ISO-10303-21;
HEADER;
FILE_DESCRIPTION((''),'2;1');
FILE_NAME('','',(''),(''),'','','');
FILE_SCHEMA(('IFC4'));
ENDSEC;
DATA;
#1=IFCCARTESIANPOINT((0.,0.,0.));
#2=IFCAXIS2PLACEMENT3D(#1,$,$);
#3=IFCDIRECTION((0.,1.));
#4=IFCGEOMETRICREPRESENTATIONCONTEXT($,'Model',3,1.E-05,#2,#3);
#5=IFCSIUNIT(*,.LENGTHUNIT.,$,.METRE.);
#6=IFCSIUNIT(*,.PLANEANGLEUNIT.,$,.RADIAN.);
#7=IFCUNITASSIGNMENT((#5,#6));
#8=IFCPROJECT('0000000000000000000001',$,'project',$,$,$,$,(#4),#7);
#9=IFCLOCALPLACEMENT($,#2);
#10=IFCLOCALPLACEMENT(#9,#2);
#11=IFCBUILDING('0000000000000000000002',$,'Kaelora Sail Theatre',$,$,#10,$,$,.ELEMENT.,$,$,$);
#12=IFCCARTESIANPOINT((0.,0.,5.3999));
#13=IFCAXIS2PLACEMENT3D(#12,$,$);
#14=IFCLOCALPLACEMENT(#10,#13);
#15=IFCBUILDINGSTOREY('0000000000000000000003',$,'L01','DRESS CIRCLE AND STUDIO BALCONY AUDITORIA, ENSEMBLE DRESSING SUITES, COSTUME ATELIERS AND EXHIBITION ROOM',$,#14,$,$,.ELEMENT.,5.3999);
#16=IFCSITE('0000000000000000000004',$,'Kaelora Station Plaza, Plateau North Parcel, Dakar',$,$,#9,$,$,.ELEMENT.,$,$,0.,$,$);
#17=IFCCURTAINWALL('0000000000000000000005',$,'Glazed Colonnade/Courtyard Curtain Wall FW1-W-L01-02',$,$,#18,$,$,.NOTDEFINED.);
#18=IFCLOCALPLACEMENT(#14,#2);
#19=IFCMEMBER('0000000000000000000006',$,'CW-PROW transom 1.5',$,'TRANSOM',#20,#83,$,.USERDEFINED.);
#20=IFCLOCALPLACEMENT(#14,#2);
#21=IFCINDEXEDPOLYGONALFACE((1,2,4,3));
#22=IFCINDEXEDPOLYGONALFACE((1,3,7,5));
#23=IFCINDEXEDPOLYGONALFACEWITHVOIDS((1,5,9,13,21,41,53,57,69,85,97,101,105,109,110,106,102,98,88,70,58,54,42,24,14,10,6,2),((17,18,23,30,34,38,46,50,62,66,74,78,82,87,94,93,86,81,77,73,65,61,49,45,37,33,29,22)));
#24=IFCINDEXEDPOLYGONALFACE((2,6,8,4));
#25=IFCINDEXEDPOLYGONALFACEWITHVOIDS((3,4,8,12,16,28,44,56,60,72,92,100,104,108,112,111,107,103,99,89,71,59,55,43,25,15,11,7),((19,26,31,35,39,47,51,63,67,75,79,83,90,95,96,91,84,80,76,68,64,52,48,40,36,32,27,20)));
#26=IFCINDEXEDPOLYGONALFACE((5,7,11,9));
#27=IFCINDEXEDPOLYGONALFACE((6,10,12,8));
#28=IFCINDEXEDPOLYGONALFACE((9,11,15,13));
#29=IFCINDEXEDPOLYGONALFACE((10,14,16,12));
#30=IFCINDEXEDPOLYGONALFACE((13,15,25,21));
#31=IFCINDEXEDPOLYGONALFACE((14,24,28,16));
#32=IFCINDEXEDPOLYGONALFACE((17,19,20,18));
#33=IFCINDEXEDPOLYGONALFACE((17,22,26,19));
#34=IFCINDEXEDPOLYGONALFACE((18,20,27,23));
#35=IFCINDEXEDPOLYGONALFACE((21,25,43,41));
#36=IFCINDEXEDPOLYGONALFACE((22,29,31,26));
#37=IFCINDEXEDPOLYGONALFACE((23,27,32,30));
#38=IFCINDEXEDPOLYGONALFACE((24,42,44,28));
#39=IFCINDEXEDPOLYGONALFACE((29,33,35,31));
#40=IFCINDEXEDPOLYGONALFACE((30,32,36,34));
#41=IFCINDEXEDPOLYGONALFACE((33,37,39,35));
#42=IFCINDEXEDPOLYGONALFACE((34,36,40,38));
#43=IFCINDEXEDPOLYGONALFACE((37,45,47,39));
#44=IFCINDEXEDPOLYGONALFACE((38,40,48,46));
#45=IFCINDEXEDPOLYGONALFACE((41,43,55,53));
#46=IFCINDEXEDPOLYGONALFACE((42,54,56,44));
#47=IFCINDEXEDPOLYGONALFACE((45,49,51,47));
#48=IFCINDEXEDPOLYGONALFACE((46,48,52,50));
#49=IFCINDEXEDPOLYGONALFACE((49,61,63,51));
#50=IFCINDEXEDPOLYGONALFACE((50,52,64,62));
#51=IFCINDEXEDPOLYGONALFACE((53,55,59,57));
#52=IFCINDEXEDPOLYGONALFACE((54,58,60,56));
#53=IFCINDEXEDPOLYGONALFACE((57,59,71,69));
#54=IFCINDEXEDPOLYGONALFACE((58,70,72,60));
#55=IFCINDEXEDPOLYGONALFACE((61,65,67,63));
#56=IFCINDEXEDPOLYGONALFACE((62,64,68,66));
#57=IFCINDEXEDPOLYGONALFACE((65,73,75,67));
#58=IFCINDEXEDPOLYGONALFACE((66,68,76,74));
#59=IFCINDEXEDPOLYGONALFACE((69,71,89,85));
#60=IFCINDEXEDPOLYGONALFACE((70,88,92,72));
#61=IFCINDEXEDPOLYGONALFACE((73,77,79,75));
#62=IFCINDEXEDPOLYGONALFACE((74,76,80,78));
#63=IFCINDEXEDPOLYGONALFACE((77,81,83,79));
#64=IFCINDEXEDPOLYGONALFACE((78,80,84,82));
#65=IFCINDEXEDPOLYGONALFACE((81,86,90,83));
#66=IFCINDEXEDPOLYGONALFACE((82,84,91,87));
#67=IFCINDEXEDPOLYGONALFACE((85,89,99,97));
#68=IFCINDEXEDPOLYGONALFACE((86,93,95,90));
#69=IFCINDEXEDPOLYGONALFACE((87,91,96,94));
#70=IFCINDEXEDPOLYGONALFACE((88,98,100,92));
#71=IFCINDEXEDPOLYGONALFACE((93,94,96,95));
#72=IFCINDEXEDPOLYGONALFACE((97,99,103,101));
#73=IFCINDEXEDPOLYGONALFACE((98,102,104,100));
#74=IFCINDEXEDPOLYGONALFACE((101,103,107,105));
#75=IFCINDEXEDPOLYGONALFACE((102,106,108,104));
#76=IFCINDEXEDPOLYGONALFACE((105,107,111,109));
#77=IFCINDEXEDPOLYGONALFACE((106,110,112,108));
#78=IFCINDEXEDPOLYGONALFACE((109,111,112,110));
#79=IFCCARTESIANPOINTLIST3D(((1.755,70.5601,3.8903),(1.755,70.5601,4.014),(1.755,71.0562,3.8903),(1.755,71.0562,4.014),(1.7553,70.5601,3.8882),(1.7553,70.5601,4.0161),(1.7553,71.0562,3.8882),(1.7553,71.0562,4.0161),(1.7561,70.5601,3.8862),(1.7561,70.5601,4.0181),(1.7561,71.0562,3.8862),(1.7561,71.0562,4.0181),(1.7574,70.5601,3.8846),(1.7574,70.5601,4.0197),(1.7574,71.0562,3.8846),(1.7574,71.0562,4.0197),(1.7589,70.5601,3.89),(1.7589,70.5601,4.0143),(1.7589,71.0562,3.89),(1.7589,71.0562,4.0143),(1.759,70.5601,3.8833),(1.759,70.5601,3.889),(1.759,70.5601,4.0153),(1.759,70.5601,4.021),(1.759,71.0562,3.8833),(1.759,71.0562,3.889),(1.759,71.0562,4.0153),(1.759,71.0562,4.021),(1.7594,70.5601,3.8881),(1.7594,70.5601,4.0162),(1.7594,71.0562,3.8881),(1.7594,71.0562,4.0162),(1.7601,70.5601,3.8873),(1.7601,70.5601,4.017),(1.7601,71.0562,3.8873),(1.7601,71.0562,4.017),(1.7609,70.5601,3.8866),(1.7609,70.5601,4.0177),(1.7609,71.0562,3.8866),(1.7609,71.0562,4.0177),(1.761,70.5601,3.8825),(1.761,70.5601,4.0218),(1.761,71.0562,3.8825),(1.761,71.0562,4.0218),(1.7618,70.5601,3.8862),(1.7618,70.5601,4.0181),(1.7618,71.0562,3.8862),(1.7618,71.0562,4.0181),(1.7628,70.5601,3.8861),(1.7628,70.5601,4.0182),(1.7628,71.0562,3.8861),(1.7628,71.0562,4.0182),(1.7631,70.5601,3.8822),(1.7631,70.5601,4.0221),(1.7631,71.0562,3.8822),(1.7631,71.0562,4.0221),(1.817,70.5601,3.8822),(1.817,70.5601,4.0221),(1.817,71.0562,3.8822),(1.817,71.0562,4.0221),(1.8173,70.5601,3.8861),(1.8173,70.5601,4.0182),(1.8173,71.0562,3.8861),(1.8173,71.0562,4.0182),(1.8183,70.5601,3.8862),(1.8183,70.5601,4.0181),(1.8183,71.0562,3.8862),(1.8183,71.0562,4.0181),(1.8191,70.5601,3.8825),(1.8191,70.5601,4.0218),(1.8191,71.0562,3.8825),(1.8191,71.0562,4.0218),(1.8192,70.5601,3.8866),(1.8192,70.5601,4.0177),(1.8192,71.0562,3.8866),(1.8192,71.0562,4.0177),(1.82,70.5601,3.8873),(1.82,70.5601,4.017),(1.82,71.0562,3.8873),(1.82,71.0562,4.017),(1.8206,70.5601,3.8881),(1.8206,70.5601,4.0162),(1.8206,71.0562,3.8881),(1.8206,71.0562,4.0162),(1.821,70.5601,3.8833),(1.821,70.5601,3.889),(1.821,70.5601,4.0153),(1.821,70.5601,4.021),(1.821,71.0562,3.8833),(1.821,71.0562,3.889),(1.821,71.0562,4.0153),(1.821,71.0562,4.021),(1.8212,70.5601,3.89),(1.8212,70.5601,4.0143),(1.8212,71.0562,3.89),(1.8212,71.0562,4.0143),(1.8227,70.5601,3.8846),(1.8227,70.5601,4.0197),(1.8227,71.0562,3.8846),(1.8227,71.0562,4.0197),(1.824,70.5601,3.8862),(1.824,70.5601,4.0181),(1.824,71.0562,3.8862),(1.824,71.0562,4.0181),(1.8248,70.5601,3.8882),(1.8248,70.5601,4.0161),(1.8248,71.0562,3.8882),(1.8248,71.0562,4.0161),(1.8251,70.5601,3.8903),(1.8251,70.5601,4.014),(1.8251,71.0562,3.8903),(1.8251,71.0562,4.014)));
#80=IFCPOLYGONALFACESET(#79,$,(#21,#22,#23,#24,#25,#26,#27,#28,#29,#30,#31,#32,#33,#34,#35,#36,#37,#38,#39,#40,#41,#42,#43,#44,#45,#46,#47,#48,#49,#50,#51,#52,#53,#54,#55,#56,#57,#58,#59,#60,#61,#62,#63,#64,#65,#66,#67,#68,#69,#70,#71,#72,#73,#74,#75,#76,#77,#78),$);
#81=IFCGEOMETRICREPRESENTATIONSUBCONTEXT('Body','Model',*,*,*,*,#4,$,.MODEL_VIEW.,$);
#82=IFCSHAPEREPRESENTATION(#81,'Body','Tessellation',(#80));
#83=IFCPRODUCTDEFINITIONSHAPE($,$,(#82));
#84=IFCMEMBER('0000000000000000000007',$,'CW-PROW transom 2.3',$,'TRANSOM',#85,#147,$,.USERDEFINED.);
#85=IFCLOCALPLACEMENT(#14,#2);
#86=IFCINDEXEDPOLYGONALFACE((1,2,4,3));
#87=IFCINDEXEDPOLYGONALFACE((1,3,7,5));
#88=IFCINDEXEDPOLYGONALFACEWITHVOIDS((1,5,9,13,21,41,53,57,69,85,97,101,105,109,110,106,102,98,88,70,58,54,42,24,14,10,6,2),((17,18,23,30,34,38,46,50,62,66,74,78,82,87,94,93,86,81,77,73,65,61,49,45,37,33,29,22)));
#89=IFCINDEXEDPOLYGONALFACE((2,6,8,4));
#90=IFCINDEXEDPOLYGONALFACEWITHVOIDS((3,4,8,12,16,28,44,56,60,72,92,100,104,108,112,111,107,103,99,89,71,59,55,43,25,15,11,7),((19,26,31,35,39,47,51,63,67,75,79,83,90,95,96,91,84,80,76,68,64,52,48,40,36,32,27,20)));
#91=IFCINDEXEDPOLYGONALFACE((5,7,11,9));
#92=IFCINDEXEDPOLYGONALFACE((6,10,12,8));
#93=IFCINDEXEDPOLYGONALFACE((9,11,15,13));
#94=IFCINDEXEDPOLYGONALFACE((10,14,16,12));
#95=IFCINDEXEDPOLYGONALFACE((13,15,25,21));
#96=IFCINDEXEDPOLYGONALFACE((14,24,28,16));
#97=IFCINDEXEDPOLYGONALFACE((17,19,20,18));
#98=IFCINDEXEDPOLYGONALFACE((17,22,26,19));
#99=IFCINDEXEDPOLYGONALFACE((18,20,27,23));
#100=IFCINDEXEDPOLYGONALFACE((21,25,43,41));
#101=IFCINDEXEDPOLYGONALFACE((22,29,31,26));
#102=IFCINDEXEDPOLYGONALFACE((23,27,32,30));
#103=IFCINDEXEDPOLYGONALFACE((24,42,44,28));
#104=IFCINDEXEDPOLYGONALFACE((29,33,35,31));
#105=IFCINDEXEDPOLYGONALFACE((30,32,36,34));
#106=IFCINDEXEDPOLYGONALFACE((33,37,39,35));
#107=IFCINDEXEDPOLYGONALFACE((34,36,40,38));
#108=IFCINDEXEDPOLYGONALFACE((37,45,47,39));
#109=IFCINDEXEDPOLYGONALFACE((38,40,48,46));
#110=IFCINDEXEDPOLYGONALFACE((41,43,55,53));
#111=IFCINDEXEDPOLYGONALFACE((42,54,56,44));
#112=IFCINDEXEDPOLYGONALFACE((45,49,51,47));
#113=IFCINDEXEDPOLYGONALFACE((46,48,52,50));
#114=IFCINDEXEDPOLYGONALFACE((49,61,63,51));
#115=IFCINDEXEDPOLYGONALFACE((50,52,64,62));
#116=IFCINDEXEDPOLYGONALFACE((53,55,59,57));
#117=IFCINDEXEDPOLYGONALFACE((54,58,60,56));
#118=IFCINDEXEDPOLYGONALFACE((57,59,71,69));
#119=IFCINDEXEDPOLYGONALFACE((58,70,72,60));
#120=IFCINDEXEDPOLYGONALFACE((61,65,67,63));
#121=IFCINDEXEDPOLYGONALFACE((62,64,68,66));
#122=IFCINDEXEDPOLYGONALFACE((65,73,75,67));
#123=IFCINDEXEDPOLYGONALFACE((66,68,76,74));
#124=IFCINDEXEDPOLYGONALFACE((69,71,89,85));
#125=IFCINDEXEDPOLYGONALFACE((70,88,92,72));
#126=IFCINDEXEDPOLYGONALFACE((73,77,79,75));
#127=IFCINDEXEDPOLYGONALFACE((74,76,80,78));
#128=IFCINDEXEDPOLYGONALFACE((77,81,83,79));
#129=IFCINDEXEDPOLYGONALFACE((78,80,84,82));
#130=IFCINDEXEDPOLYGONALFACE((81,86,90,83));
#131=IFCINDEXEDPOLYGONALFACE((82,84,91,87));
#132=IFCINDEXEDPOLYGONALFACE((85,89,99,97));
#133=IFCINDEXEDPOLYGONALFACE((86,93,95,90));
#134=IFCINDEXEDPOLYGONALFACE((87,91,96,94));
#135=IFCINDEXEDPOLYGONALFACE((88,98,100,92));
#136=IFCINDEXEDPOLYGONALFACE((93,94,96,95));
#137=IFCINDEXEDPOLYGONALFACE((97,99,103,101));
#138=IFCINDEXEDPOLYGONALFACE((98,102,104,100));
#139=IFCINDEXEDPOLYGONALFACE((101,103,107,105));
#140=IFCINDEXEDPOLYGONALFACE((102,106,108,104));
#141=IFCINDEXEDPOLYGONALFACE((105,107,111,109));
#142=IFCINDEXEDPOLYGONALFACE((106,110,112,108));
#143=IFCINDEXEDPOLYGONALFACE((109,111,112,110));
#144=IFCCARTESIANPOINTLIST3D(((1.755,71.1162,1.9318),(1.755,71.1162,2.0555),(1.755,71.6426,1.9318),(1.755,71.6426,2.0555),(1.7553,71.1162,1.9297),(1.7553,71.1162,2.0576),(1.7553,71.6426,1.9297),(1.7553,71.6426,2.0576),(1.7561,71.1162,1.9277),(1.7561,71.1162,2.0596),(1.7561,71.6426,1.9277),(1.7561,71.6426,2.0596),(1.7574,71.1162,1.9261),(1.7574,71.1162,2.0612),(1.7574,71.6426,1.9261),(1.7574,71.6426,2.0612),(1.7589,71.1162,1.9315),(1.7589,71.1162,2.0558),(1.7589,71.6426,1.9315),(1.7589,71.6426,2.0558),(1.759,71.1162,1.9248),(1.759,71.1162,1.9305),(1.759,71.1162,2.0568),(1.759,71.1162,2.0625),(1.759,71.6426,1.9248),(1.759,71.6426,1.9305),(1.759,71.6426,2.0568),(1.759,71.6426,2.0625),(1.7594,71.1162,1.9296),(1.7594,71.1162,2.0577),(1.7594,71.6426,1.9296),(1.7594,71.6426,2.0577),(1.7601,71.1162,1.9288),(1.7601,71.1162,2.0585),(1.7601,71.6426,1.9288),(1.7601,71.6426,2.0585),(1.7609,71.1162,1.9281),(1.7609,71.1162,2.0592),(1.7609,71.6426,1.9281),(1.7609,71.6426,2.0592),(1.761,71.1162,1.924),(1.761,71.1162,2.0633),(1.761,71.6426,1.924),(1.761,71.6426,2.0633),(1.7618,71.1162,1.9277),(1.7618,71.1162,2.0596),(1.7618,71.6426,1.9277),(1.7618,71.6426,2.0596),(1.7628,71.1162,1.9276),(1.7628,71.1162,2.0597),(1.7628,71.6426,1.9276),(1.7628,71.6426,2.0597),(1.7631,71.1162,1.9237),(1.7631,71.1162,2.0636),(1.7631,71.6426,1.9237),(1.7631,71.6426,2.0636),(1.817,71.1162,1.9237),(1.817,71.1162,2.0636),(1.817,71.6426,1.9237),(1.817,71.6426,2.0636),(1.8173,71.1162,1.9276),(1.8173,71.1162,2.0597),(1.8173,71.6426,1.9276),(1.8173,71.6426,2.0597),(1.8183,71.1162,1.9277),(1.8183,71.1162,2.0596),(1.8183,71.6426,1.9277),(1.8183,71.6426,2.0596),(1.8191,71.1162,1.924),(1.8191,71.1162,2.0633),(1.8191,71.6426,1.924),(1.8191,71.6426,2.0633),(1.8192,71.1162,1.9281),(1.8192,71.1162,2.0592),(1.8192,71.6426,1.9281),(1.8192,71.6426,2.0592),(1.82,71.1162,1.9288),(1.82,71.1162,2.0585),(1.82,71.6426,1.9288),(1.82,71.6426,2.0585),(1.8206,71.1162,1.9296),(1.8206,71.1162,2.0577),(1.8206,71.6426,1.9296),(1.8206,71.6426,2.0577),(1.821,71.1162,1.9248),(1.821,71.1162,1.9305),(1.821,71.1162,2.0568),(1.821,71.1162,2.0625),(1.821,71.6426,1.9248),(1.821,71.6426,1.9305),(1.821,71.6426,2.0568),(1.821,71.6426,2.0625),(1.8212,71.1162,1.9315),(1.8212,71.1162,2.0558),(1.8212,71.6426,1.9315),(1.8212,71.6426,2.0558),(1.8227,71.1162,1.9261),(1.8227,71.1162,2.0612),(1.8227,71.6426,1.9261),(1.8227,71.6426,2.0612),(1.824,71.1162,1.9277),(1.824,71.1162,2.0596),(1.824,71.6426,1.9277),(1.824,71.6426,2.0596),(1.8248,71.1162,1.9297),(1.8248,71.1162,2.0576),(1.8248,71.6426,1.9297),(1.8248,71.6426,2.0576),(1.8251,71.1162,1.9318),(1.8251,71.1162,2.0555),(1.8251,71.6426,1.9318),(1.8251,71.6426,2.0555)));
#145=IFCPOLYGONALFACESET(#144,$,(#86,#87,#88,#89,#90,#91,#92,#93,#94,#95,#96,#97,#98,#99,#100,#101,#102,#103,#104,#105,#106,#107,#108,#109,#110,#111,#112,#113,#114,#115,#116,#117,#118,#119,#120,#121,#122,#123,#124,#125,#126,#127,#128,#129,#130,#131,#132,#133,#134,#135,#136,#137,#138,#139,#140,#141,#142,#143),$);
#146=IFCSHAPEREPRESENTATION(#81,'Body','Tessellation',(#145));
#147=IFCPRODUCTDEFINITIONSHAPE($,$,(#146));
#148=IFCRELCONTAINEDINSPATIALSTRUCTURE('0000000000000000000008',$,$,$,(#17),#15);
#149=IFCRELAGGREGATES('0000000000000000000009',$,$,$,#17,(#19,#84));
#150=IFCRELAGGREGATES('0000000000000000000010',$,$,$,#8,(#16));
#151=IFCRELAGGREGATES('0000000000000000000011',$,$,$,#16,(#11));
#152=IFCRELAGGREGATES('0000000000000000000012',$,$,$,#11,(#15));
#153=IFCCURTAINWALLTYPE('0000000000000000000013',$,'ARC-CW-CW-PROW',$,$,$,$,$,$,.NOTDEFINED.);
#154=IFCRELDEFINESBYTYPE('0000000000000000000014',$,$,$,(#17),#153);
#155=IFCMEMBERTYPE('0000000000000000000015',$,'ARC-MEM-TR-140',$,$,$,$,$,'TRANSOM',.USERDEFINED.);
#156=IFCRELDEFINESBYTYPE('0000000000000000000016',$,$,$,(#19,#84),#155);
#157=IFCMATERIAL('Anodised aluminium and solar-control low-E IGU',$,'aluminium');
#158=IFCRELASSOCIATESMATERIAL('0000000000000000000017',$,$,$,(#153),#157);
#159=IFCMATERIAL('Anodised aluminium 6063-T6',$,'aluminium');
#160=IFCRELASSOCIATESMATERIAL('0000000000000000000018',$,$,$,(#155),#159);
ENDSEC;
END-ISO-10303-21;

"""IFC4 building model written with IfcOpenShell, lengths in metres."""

from ifc_helpers import new_model, si_unit, direction, frame, origin, origin_2d, place, context, subcontext, project, spatial, hollow_rectangle, extrude, material, material_profile, profile_set, type_object, element, aggregate, save


model = new_model("IFC4")

# Units and contexts
model_context = context("Model", 3, precision=1e-05, world=origin(), true_north=direction((0.0, 1.0)))
body_context = subcontext(model_context, "Body", "Model", "MODEL_VIEW")
ifc_project = project(units=[si_unit("LENGTHUNIT", "METRE"), si_unit("PLANEANGLEUNIT", "RADIAN")], contexts=[model_context])

# Site, building, storey
site_placement = place(None, origin())
site = spatial("IfcSite", under=ifc_project, at=site_placement, Name="Kaelora Station Plaza, Plateau North Parcel, Dakar", CompositionType="ELEMENT", RefElevation=0.0)
building_placement = place(site_placement, origin())
building = spatial("IfcBuilding", under=site, at=building_placement, Name="Kaelora Sail Theatre", CompositionType="ELEMENT")
storey_placement = place(building_placement, frame((0.0, 0.0, 5.3999)))
storey = spatial("IfcBuildingStorey", under=building, at=storey_placement, Name="L01", Description="DRESS CIRCLE AND STUDIO BALCONY AUDITORIA, ENSEMBLE DRESSING SUITES, COSTUME ATELIERS AND EXHIBITION ROOM", CompositionType="ELEMENT", Elevation=5.3999)

# Curtain wall, members
ifc_material_1 = material(Name="Anodised aluminium and solar-control low-E IGU", Category="aluminium")
curtain_wall_type = type_object("IfcCurtainWallType", Name="ARC-CW-CW-PROW", PredefinedType="NOTDEFINED", material=ifc_material_1)
ifc_material_2 = material(Name="Anodised aluminium 6063-T6", Category="aluminium")
ifc_material_profile = material_profile(ifc_material_2, hollow_rectangle(XDim=0.0701, YDim=0.1399, WallThickness=0.0039, InnerFilletRadius=0.0039, OuterFilletRadius=0.0081, at=origin_2d()), Name="ALU-TRAN 70x140x4")
ifc_profile_set = profile_set([ifc_material_profile], Name="Anodised aluminium 6063-T6")
member_type = type_object("IfcMemberType", Name="ARC-MEM-TR-140", ElementType="TRANSOM", PredefinedType="USERDEFINED", material=ifc_profile_set)
curtain_wall_1_placement = place(storey_placement, origin())
curtain_wall_1 = element("IfcCurtainWall", 1, at=curtain_wall_1_placement, inside=storey, type_object=curtain_wall_type, Name="Glazed Colonnade/Courtyard Curtain Wall FW1-W-L01-02", PredefinedType="NOTDEFINED")
member_1_placement = place(storey_placement, frame((1.79, 70.5601, 3.9521), z_axis=(0.0, 1.0, 0.0), x_axis=(-1.0, 0.0, 0.0)))
member_1 = element("IfcMember", 2, at=member_1_placement, type_object=member_type, Name="CW-PROW transom 1.5", ObjectType="TRANSOM", PredefinedType="USERDEFINED", context=body_context, shape_type="SweptSolid", body=[
    extrude(hollow_rectangle(XDim=0.0701, YDim=0.1399, WallThickness=0.0039, InnerFilletRadius=0.0039, OuterFilletRadius=0.0081, at=origin_2d()), origin(), (0.0, 0.0, 1.0), 0.4961),
])
member_2_placement = place(storey_placement, frame((1.79, 71.1162, 1.9937), z_axis=(0.0, 1.0, 0.0), x_axis=(-1.0, 0.0, 0.0)))
member_2 = element("IfcMember", 3, at=member_2_placement, type_object=member_type, Name="CW-PROW transom 2.3", ObjectType="TRANSOM", PredefinedType="USERDEFINED", context=body_context, shape_type="SweptSolid", body=[
    extrude(hollow_rectangle(XDim=0.0701, YDim=0.1399, WallThickness=0.0039, InnerFilletRadius=0.0039, OuterFilletRadius=0.0081, at=origin_2d()), origin(), (0.0, 0.0, 1.0), 0.5264),
])

aggregate(curtain_wall_1, [member_1, member_2])

save(model, "model.ifc")
